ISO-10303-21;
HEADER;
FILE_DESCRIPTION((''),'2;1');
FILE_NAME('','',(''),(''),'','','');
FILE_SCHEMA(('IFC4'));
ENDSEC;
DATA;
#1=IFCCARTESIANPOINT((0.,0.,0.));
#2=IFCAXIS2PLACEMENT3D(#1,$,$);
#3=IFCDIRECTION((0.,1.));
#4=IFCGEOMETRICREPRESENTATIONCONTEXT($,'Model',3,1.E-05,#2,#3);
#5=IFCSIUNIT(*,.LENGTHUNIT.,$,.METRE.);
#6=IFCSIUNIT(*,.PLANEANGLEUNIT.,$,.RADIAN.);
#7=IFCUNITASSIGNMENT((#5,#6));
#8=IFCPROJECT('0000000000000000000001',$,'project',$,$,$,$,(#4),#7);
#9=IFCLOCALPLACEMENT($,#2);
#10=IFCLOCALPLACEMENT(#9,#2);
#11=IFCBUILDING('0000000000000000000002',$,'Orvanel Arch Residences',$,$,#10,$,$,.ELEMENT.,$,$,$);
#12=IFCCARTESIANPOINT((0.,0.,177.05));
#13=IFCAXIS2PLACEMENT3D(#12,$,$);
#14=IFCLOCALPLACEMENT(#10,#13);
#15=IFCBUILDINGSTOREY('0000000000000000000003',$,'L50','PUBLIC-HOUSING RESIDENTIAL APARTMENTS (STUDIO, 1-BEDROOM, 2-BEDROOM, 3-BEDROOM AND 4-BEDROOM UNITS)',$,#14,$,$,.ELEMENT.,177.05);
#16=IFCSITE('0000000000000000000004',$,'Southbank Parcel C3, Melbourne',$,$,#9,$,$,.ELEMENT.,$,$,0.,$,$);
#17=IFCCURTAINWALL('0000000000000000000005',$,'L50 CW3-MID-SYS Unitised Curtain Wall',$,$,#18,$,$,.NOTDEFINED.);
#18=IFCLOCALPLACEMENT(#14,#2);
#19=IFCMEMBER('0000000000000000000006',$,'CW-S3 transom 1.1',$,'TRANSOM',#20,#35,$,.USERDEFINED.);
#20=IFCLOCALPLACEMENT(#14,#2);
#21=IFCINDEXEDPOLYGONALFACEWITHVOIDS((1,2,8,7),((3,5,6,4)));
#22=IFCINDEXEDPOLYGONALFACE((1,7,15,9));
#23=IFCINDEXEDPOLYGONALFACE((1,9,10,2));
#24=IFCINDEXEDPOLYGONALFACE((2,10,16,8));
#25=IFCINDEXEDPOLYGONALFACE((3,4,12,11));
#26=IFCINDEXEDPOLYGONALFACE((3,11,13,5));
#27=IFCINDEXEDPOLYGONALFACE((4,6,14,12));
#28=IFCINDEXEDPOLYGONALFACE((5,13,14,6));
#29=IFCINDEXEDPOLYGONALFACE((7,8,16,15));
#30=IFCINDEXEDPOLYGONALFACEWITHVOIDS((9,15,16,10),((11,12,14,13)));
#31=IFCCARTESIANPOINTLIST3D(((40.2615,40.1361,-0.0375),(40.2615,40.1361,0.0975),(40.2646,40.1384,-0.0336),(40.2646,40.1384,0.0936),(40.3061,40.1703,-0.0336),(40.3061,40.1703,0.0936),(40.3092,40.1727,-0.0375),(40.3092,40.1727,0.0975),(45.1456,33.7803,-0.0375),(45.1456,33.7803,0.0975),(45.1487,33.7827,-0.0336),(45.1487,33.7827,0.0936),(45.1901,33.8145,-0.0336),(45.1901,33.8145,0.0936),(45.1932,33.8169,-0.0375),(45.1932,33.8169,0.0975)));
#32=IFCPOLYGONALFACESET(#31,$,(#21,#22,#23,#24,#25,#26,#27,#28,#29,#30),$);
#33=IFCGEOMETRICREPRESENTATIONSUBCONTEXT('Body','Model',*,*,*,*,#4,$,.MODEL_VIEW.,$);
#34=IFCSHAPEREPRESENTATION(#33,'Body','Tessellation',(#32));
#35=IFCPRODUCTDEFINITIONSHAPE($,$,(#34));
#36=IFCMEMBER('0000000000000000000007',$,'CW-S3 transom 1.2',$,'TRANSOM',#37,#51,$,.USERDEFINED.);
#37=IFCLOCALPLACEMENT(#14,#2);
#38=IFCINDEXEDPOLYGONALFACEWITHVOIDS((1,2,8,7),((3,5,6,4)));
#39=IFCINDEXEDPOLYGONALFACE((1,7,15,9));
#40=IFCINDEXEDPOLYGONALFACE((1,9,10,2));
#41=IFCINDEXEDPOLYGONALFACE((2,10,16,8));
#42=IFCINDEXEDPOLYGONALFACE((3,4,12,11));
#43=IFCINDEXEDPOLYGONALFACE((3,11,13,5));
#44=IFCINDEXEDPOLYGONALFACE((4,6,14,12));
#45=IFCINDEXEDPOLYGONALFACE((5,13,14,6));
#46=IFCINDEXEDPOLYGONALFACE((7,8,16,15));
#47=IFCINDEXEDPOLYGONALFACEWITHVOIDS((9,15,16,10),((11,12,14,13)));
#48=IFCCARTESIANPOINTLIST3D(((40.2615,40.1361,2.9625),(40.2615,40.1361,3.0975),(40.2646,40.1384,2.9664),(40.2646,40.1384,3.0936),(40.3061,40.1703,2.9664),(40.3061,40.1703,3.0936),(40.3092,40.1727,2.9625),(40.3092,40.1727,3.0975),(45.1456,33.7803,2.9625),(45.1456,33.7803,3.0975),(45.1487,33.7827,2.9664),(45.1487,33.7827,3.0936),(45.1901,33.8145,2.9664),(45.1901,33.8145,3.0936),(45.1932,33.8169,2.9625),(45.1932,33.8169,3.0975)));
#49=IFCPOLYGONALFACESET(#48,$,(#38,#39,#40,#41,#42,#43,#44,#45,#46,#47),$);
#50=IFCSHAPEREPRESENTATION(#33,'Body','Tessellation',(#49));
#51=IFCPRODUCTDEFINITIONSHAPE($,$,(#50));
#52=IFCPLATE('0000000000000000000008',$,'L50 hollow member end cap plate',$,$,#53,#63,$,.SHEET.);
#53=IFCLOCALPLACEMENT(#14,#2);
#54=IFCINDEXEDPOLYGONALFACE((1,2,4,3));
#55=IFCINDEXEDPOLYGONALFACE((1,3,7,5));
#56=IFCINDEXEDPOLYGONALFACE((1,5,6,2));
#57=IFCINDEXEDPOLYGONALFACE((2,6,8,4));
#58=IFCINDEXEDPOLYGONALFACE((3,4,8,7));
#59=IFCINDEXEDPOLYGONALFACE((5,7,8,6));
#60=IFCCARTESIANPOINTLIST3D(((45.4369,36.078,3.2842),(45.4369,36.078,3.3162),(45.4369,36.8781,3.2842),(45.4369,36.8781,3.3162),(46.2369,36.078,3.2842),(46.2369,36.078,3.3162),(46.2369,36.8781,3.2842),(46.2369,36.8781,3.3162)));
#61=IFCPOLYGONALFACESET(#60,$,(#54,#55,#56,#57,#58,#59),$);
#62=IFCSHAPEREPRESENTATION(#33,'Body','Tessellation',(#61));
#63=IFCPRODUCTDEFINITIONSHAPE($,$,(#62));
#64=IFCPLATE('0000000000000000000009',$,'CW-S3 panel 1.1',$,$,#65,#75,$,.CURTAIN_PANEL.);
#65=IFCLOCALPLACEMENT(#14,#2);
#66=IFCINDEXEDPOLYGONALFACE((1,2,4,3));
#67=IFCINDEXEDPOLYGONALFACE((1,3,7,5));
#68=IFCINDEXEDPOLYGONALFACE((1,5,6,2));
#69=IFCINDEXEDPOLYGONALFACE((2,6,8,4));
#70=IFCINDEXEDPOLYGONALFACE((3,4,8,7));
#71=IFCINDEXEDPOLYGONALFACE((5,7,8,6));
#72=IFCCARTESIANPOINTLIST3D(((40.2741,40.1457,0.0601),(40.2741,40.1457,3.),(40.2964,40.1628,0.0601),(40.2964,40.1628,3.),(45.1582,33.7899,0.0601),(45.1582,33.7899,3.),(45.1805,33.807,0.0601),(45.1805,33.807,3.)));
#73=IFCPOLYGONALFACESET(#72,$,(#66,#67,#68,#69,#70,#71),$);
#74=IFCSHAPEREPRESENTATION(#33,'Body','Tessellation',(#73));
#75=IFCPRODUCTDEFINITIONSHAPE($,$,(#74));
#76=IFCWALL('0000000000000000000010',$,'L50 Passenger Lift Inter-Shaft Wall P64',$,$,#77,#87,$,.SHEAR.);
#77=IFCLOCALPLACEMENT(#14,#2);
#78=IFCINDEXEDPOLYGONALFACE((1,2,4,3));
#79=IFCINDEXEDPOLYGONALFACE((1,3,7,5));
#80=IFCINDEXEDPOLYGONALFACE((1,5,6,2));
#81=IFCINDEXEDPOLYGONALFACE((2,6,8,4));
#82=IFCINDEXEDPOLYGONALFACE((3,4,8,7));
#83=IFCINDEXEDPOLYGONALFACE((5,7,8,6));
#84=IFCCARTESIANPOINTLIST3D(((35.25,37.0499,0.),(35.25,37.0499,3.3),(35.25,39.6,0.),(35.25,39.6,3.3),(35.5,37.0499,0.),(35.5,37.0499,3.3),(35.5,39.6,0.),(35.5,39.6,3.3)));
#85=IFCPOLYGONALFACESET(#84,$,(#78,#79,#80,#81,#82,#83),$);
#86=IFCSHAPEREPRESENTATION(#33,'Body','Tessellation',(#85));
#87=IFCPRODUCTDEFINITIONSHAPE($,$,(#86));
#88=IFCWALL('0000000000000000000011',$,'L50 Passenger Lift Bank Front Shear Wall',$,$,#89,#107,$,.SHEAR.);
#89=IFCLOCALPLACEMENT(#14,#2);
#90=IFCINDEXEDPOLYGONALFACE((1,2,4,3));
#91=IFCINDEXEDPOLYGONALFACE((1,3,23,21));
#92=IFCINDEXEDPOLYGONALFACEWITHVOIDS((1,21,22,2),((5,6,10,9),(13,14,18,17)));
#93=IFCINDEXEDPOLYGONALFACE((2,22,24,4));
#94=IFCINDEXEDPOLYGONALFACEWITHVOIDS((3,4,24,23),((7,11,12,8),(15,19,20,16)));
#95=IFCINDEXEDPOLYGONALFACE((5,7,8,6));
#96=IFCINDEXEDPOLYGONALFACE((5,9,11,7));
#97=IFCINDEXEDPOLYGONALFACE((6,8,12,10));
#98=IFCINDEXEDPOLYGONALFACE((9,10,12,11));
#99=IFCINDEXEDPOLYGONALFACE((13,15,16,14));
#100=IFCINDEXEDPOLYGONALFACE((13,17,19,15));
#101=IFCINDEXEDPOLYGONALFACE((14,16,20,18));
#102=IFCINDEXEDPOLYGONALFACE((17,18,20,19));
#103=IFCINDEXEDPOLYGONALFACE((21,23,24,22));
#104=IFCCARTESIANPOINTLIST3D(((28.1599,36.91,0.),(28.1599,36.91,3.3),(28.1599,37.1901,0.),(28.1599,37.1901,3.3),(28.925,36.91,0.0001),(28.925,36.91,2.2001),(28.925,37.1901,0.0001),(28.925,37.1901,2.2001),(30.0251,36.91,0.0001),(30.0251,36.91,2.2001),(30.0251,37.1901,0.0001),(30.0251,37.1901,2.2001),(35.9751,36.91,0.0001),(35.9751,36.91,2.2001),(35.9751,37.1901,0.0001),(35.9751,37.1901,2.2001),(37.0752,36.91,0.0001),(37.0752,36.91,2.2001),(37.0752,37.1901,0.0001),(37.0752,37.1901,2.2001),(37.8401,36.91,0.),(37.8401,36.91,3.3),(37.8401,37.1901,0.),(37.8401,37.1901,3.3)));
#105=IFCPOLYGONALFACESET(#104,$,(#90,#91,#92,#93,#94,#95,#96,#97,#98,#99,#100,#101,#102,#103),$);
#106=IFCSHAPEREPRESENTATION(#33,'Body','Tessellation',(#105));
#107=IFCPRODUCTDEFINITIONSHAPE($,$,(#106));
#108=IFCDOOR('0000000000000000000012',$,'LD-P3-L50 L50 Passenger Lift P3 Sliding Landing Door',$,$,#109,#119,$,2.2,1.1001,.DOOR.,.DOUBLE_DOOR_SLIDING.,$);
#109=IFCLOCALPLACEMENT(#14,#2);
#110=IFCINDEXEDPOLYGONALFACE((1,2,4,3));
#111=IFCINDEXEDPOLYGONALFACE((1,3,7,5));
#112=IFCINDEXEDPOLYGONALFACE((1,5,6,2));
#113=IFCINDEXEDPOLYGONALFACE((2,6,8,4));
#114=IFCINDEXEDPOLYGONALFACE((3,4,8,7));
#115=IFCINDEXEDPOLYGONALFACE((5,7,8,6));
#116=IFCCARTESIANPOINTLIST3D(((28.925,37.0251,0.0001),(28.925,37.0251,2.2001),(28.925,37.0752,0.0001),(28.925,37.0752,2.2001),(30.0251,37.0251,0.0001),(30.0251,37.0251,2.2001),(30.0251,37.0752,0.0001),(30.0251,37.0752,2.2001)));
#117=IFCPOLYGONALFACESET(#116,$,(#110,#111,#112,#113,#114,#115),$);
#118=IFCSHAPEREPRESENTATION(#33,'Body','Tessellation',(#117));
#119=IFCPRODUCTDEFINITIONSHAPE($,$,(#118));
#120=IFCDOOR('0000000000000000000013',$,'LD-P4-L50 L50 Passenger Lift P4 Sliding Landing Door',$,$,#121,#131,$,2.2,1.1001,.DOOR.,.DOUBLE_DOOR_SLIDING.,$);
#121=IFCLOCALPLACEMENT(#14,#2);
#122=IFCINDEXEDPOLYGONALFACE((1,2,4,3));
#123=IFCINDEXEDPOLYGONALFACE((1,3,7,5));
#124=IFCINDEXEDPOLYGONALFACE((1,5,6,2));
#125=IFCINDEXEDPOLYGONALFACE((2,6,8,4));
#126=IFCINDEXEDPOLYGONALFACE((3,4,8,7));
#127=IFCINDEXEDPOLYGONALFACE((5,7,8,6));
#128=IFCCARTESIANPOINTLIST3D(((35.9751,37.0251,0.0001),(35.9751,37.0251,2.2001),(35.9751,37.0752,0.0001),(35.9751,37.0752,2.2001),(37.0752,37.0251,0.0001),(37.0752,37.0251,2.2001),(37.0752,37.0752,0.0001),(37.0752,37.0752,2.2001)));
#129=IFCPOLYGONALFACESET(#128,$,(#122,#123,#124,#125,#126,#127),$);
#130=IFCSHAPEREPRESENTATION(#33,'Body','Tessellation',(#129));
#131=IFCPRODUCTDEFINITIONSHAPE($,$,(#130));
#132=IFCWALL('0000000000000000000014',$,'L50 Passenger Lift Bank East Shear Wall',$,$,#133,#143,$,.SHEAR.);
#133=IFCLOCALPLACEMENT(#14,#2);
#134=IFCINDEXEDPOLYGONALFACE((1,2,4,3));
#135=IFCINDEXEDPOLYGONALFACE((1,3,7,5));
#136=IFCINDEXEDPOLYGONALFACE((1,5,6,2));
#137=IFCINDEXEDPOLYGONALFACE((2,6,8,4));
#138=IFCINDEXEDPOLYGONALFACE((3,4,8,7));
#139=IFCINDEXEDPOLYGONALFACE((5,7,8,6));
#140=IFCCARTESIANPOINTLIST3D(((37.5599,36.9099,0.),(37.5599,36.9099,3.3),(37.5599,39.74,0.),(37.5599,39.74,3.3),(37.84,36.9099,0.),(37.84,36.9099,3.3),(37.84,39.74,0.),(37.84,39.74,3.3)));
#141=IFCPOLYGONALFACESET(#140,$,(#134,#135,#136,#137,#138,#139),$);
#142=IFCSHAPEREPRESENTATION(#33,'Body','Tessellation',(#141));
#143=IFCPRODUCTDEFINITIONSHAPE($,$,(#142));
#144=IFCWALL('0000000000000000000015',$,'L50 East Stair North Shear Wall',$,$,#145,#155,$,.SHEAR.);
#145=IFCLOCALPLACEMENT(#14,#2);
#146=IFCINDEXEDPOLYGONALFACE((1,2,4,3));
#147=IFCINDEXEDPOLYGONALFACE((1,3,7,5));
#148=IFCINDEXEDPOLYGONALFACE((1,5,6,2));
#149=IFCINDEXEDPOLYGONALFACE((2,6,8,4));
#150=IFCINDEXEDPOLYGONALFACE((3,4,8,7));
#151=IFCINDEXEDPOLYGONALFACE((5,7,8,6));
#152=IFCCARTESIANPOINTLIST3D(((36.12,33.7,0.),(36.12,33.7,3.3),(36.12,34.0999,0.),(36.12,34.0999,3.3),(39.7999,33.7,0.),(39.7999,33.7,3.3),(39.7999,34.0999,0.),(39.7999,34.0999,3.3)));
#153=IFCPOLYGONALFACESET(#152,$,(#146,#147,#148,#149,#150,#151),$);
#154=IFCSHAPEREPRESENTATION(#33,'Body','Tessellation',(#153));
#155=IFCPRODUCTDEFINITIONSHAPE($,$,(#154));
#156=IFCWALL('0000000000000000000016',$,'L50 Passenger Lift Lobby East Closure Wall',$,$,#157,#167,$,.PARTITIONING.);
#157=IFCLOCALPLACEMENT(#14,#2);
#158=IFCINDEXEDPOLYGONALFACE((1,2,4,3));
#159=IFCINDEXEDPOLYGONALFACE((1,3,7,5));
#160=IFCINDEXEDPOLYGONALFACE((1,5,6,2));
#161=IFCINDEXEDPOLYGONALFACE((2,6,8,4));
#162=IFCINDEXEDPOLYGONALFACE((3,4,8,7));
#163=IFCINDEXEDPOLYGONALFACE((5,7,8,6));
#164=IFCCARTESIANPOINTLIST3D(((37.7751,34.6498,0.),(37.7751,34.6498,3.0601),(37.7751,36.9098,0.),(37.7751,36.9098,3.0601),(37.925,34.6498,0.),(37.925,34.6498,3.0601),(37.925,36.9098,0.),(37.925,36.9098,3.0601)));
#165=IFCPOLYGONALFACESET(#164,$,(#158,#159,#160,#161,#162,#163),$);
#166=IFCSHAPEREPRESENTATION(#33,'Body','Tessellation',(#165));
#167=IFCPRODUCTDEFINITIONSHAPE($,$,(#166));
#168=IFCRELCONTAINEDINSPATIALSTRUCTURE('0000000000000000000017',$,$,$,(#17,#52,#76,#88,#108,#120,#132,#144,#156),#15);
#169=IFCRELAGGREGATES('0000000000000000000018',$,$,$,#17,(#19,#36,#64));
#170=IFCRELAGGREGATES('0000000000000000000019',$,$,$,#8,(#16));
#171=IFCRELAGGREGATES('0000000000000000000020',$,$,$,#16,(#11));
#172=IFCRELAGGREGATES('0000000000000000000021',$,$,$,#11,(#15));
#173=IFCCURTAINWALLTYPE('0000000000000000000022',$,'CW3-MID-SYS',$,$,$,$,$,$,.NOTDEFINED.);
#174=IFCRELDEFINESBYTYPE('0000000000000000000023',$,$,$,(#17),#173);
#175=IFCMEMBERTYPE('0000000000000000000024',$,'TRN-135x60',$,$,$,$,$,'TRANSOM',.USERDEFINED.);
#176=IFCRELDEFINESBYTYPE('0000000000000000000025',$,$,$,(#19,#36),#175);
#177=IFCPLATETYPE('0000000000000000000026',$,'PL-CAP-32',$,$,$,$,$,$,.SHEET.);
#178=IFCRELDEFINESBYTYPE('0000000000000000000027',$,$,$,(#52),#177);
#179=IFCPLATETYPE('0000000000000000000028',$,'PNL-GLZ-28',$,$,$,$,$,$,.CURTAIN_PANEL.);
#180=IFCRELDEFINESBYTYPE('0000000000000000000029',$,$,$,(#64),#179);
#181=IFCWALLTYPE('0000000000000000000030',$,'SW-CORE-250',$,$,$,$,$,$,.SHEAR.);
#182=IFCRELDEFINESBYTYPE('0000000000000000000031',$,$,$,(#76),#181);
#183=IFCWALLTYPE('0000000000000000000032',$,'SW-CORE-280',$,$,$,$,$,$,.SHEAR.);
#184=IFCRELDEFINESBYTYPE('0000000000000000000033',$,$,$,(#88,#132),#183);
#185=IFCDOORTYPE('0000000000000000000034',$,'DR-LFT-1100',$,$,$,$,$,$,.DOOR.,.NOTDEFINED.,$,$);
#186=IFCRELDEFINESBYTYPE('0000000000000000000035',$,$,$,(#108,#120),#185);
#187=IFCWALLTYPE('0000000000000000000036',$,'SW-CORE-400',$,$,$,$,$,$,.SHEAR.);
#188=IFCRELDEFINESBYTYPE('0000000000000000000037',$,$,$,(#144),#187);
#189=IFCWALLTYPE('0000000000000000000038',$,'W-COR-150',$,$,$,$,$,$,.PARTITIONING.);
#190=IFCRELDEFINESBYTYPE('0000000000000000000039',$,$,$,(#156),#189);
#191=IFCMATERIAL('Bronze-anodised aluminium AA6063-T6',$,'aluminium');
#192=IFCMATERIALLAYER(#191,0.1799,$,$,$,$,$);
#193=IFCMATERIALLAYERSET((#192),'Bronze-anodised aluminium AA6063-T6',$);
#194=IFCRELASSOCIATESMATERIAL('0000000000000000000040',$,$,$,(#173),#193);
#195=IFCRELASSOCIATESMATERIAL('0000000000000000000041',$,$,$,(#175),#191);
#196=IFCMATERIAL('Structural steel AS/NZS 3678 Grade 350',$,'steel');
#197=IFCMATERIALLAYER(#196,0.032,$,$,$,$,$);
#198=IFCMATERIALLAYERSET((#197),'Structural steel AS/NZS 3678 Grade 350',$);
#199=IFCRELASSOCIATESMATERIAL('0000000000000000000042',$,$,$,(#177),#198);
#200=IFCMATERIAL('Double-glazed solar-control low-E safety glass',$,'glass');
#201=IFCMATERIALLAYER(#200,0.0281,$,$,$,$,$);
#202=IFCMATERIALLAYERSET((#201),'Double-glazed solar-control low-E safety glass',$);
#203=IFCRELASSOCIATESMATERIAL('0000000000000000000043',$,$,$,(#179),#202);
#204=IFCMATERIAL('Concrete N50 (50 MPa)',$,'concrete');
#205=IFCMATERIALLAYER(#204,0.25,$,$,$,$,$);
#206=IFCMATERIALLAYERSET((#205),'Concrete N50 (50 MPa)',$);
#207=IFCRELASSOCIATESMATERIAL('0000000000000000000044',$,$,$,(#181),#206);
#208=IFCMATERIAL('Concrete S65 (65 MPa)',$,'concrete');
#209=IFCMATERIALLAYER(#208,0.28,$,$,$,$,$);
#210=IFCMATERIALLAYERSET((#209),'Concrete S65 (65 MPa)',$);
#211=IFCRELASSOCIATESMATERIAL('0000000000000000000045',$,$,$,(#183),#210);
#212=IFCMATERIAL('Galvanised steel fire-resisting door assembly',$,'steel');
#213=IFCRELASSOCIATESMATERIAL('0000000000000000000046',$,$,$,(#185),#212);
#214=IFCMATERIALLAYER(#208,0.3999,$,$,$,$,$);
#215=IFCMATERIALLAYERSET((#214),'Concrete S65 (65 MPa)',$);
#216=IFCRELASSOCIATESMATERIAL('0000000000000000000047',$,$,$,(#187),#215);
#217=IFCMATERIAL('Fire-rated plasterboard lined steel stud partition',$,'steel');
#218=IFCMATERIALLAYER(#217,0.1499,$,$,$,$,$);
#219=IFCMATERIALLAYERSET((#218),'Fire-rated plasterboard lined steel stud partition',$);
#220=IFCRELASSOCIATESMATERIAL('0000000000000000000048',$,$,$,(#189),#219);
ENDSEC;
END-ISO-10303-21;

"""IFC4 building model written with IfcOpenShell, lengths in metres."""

from ifc_helpers import new_model, si_unit, direction, frame, frame_2d, origin, origin_2d, place, context, subcontext, project, spatial, rectangle, hollow_rectangle, extrude, material, layer, layer_set, material_profile, profile_set, type_object, element, fill, aggregate, save


model = new_model("IFC4")

# Units and contexts
model_context = context("Model", 3, precision=1e-05, world=origin(), true_north=direction((0.0, 1.0)))
body_context = subcontext(model_context, "Body", "Model", "MODEL_VIEW")
ifc_project = project(units=[si_unit("LENGTHUNIT", "METRE"), si_unit("PLANEANGLEUNIT", "RADIAN")], contexts=[model_context])

# Site, building, storey
site_placement = place(None, origin())
site = spatial("IfcSite", under=ifc_project, at=site_placement, Name="Southbank Parcel C3, Melbourne", CompositionType="ELEMENT", RefElevation=0.0)
building_placement = place(site_placement, origin())
building = spatial("IfcBuilding", under=site, at=building_placement, Name="Orvanel Arch Residences", CompositionType="ELEMENT")
storey_placement = place(building_placement, frame((0.0, 0.0, 177.05)))
storey = spatial("IfcBuildingStorey", under=building, at=storey_placement, Name="L50", Description="PUBLIC-HOUSING RESIDENTIAL APARTMENTS (STUDIO, 1-BEDROOM, 2-BEDROOM, 3-BEDROOM AND 4-BEDROOM UNITS)", CompositionType="ELEMENT", Elevation=177.05)

# Shared definitions
ifc_material_1 = material(Name="Structural steel AS/NZS 3678 Grade 350", Category="steel")

# Shared definitions
ifc_material_2 = material(Name="Concrete S65 (65 MPa)", Category="concrete")

# Curtain wall
ifc_material_3 = material(Name="Bronze-anodised aluminium AA6063-T6", Category="aluminium")
ifc_layer_1 = layer(ifc_material_3, 0.1799)
ifc_layer_set_1 = layer_set([ifc_layer_1], Name="Bronze-anodised aluminium AA6063-T6")
curtain_wall_type = type_object("IfcCurtainWallType", Name="CW3-MID-SYS", PredefinedType="NOTDEFINED", material=ifc_layer_set_1)
curtain_wall_placement = place(storey_placement, origin())
curtain_wall = element("IfcCurtainWall", 1, at=curtain_wall_placement, inside=storey, type_object=curtain_wall_type, Name="L50 CW3-MID-SYS Unitised Curtain Wall", PredefinedType="NOTDEFINED")

# Members
ifc_material_profile_1 = material_profile(ifc_material_3, hollow_rectangle(XDim=0.0601, YDim=0.135, WallThickness=0.0039, at=origin_2d()), Name="ALU135x60x4")
ifc_profile_set_1 = profile_set([ifc_material_profile_1], Name="Bronze-anodised aluminium AA6063-T6")
member_type_1 = type_object("IfcMemberType", Name="TRN-135x60", ElementType="TRANSOM", PredefinedType="USERDEFINED", material=ifc_profile_set_1)
member_1_placement = place(storey_placement, frame((45.1694, 33.7986, 0.03), z_axis=(-0.609321, 0.792924, 0.0), x_axis=(-0.792924, -0.609321, 0.0)))
member_1 = element("IfcMember", 2, at=member_1_placement, type_object=member_type_1, Name="CW-S3 transom 1.1", ObjectType="TRANSOM", PredefinedType="USERDEFINED", context=body_context, shape_type="SweptSolid", body=[
    extrude(hollow_rectangle(XDim=0.0601, YDim=0.135, WallThickness=0.0039, at=origin_2d()), origin(), (0.0, 0.0, 1.0), 8.0156),
])
member_2_placement = place(storey_placement, frame((45.1694, 33.7986, 3.03), z_axis=(-0.609321, 0.792924, 0.0), x_axis=(-0.792924, -0.609321, 0.0)))
member_2 = element("IfcMember", 3, at=member_2_placement, type_object=member_type_1, Name="CW-S3 transom 1.2", ObjectType="TRANSOM", PredefinedType="USERDEFINED", context=body_context, shape_type="SweptSolid", body=[
    extrude(hollow_rectangle(XDim=0.0601, YDim=0.135, WallThickness=0.0039, at=origin_2d()), origin(), (0.0, 0.0, 1.0), 8.0156),
])

# Plates
ifc_layer_2 = layer(ifc_material_1, 0.032)
ifc_layer_set_2 = layer_set([ifc_layer_2], Name="Structural steel AS/NZS 3678 Grade 350")
plate_type_1 = type_object("IfcPlateType", Name="PL-CAP-32", PredefinedType="SHEET", material=ifc_layer_set_2)
plate_1_placement = place(storey_placement, frame((45.8369, 36.478, 3.2842), z_axis=(0.0, 0.0, 1.0), x_axis=(1.0, 0.0, 0.0)))
element("IfcPlate", 4, at=plate_1_placement, inside=storey, type_object=plate_type_1, Name="L50 hollow member end cap plate", PredefinedType="SHEET", context=body_context, shape_type="SweptSolid", body=[
    extrude(rectangle(XDim=0.8, YDim=0.8, at=origin_2d()), origin(), (0.0, 0.0, 1.0), 0.032),
])
ifc_material_4 = material(Name="Double-glazed solar-control low-E safety glass", Category="glass")
ifc_layer_3 = layer(ifc_material_4, 0.0281)
ifc_layer_set_3 = layer_set([ifc_layer_3], Name="Double-glazed solar-control low-E safety glass")
plate_type_2 = type_object("IfcPlateType", Name="PNL-GLZ-28", PredefinedType="CURTAIN_PANEL", material=ifc_layer_set_3)
plate_2_placement = place(storey_placement, frame((42.7273, 36.9763, 0.0601), z_axis=(0.0, 0.0, 1.0), x_axis=(-0.609318, 0.792926, 0.0)))
plate_2 = element("IfcPlate", 5, at=plate_2_placement, type_object=plate_type_2, Name="CW-S3 panel 1.1", PredefinedType="CURTAIN_PANEL", context=body_context, shape_type="SweptSolid", body=[
    extrude(rectangle(XDim=8.0156, YDim=0.0281, at=origin_2d()), origin(), (0.0, 0.0, 1.0), 2.9399),
])
aggregate(curtain_wall, [member_1, member_2, plate_2])

# Wall
ifc_material_5 = material(Name="Concrete N50 (50 MPa)", Category="concrete")
ifc_layer_4 = layer(ifc_material_5, 0.25)
ifc_layer_set_4 = layer_set([ifc_layer_4], Name="Concrete N50 (50 MPa)")
wall_type_1 = type_object("IfcWallType", Name="SW-CORE-250", PredefinedType="SHEAR", material=ifc_layer_set_4)
wall_1_placement = place(storey_placement, frame((35.375, 37.05, 0.0), z_axis=(0.0, 0.0, 1.0), x_axis=(0.0, 1.0, 0.0)))
element("IfcWall", 6, at=wall_1_placement, inside=storey, type_object=wall_type_1, Name="L50 Passenger Lift Inter-Shaft Wall P64", PredefinedType="SHEAR", context=body_context, shape_type="SweptSolid", body=[
    extrude(rectangle(XDim=2.55, YDim=0.25, at=frame_2d((1.2749, 0.0))), origin(), (0.0, 0.0, 1.0), 3.3),
])

# Wall, openings, doors
ifc_layer_5 = layer(ifc_material_2, 0.28)
ifc_layer_set_5 = layer_set([ifc_layer_5], Name="Concrete S65 (65 MPa)")
wall_type_2 = type_object("IfcWallType", Name="SW-CORE-280", PredefinedType="SHEAR", material=ifc_layer_set_5)
wall_2_placement = place(storey_placement, frame((37.8401, 37.05, 0.0), z_axis=(0.0, 0.0, 1.0), x_axis=(-1.0, 0.0, 0.0)))
wall_2 = element("IfcWall", 7, at=wall_2_placement, inside=storey, type_object=wall_type_2, Name="L50 Passenger Lift Bank Front Shear Wall", PredefinedType="SHEAR", context=body_context, shape_type="SweptSolid", body=[
    extrude(rectangle(XDim=9.6802, YDim=0.28, at=frame_2d((4.8401, 0.0))), origin(), (0.0, 0.0, 1.0), 3.3),
])
opening_1_placement = place(wall_2_placement, frame((7.8149, 0.0, 0.0)))
opening_1 = element("IfcOpeningElement", 8, at=opening_1_placement, cuts=wall_2, PredefinedType="OPENING", context=body_context, shape_type="SweptSolid", body=[
    extrude(rectangle(XDim=1.1001, YDim=2.2, at=frame_2d((0.55, 1.1001))), frame((0.0, 0.1499, 0.0), z_axis=(0.0, -1.0, 0.0), x_axis=(1.0, 0.0, 0.0)), (0.0, 0.0, 1.0), 0.3),
])
opening_2_placement = place(wall_2_placement, frame((0.7649, 0.0, 0.0)))
opening_2 = element("IfcOpeningElement", 9, at=opening_2_placement, cuts=wall_2, PredefinedType="OPENING", context=body_context, shape_type="SweptSolid", body=[
    extrude(rectangle(XDim=1.1001, YDim=2.2, at=frame_2d((0.55, 1.1001))), frame((0.0, 0.1499, 0.0), z_axis=(0.0, -1.0, 0.0), x_axis=(1.0, 0.0, 0.0)), (0.0, 0.0, 1.0), 0.3),
])
ifc_material_6 = material(Name="Galvanised steel fire-resisting door assembly", Category="steel")
door_type = type_object("IfcDoorType", Name="DR-LFT-1100", OperationType="NOTDEFINED", PredefinedType="DOOR", material=ifc_material_6)
door_1_placement = place(opening_1_placement, origin())
door_1 = element("IfcDoor", 10, at=door_1_placement, inside=storey, type_object=door_type, Name="LD-P3-L50 L50 Passenger Lift P3 Sliding Landing Door", OperationType="DOUBLE_DOOR_SLIDING", OverallHeight=2.2, OverallWidth=1.1001, PredefinedType="DOOR", context=body_context, shape_type="SweptSolid", body=[
    extrude(rectangle(XDim=1.1001, YDim=2.2, at=frame_2d((0.55, 1.1001))), frame((0.0, 0.0249, 0.0), z_axis=(0.0, -1.0, 0.0), x_axis=(1.0, 0.0, 0.0)), (0.0, 0.0, 1.0), 0.05),
])
fill(opening_1, door_1)
door_2_placement = place(opening_2_placement, origin())
door_2 = element("IfcDoor", 11, at=door_2_placement, inside=storey, type_object=door_type, Name="LD-P4-L50 L50 Passenger Lift P4 Sliding Landing Door", OperationType="DOUBLE_DOOR_SLIDING", OverallHeight=2.2, OverallWidth=1.1001, PredefinedType="DOOR", context=body_context, shape_type="SweptSolid", body=[
    extrude(rectangle(XDim=1.1001, YDim=2.2, at=frame_2d((0.55, 1.1001))), frame((0.0, 0.0249, 0.0), z_axis=(0.0, -1.0, 0.0), x_axis=(1.0, 0.0, 0.0)), (0.0, 0.0, 1.0), 0.05),
])
fill(opening_2, door_2)

# Walls
wall_3_placement = place(storey_placement, frame((37.7, 36.9099, 0.0), z_axis=(0.0, 0.0, 1.0), x_axis=(0.0, 1.0, 0.0)))
element("IfcWall", 12, at=wall_3_placement, inside=storey, type_object=wall_type_2, Name="L50 Passenger Lift Bank East Shear Wall", PredefinedType="SHEAR", context=body_context, shape_type="SweptSolid", body=[
    extrude(rectangle(XDim=2.8301, YDim=0.28, at=frame_2d((1.415, 0.0))), origin(), (0.0, 0.0, 1.0), 3.3),
])
ifc_layer_6 = layer(ifc_material_2, 0.3999)
ifc_layer_set_6 = layer_set([ifc_layer_6], Name="Concrete S65 (65 MPa)")
wall_type_3 = type_object("IfcWallType", Name="SW-CORE-400", PredefinedType="SHEAR", material=ifc_layer_set_6)
wall_4_placement = place(storey_placement, frame((36.1201, 33.8999, 0.0), z_axis=(0.0, 0.0, 1.0), x_axis=(1.0, 0.0, 0.0)))
element("IfcWall", 13, at=wall_4_placement, inside=storey, type_object=wall_type_3, Name="L50 East Stair North Shear Wall", PredefinedType="SHEAR", context=body_context, shape_type="SweptSolid", body=[
    extrude(rectangle(XDim=3.6799, YDim=0.3999, at=frame_2d((1.8398, 0.0))), origin(), (0.0, 0.0, 1.0), 3.3),
])
ifc_material_7 = material(Name="Fire-rated plasterboard lined steel stud partition", Category="steel")
ifc_layer_7 = layer(ifc_material_7, 0.1499)
ifc_layer_set_7 = layer_set([ifc_layer_7], Name="Fire-rated plasterboard lined steel stud partition")
wall_type_4 = type_object("IfcWallType", Name="W-COR-150", PredefinedType="PARTITIONING", material=ifc_layer_set_7)
wall_5_placement = place(storey_placement, frame((37.8501, 34.6499, 0.0), z_axis=(0.0, 0.0, 1.0), x_axis=(0.0, 1.0, 0.0)))
element("IfcWall", 14, at=wall_5_placement, inside=storey, type_object=wall_type_4, Name="L50 Passenger Lift Lobby East Closure Wall", PredefinedType="PARTITIONING", context=body_context, shape_type="SweptSolid", body=[
    extrude(rectangle(XDim=2.26, YDim=0.1499, at=frame_2d((1.1299, 0.0))), origin(), (0.0, 0.0, 1.0), 3.0601),
])

save(model, "model.ifc")
